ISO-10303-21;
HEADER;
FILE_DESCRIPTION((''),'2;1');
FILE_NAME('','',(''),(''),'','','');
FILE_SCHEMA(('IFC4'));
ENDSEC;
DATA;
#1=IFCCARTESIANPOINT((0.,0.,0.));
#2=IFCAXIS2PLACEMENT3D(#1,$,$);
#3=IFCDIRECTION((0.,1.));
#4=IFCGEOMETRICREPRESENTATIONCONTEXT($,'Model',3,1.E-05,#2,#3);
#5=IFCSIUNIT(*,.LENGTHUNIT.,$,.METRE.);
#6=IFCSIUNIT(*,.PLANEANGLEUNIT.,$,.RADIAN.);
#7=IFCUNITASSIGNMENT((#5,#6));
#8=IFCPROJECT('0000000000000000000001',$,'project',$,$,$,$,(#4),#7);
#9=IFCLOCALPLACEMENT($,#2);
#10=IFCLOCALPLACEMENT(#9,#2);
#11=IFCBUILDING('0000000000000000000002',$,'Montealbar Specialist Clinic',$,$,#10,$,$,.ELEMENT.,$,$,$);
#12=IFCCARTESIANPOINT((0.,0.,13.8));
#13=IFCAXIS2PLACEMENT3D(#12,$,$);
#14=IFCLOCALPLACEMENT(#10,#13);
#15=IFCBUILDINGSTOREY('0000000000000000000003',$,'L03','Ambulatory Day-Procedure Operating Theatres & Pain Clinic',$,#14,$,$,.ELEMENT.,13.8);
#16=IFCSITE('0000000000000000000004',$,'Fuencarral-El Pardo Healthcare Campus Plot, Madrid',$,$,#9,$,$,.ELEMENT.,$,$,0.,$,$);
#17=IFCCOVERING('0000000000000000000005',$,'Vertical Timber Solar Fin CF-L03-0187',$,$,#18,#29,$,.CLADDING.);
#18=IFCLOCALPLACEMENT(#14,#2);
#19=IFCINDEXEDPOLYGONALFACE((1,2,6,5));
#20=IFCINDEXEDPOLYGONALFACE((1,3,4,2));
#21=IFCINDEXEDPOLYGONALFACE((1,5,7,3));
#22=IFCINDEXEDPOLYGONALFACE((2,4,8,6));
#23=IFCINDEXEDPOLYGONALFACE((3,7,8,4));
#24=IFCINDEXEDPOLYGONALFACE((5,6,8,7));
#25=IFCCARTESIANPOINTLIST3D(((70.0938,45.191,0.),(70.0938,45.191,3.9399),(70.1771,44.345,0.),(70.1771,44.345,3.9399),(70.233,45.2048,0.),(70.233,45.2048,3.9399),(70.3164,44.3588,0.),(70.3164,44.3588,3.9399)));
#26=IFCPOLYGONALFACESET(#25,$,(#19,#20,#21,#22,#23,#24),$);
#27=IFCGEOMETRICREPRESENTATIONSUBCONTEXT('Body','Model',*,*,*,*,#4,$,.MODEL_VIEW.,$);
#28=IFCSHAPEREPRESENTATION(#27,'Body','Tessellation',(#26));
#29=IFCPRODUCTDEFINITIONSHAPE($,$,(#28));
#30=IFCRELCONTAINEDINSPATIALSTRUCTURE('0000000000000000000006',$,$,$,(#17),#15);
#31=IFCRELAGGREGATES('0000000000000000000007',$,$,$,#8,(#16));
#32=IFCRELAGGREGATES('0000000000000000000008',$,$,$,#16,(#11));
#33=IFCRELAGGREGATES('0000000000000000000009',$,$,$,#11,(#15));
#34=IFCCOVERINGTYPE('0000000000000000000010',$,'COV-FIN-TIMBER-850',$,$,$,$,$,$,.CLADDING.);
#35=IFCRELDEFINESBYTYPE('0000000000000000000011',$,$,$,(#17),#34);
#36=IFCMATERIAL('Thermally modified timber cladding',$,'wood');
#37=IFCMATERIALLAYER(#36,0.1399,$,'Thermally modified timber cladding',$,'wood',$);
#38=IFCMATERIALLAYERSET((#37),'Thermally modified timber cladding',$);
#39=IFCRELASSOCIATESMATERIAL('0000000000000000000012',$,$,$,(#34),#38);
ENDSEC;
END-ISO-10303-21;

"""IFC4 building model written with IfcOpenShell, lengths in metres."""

from ifc_helpers import new_model, si_unit, direction, frame, origin, origin_2d, place, context, subcontext, project, spatial, rectangle, extrude, material, layer, layer_set, type_object, element, save


model = new_model("IFC4")

# Units and contexts
model_context = context("Model", 3, precision=1e-05, world=origin(), true_north=direction((0.0, 1.0)))
body_context = subcontext(model_context, "Body", "Model", "MODEL_VIEW")
ifc_project = project(units=[si_unit("LENGTHUNIT", "METRE"), si_unit("PLANEANGLEUNIT", "RADIAN")], contexts=[model_context])

# Site, building, storey
site_placement = place(None, origin())
site = spatial("IfcSite", under=ifc_project, at=site_placement, Name="Fuencarral-El Pardo Healthcare Campus Plot, Madrid", CompositionType="ELEMENT", RefElevation=0.0)
building_placement = place(site_placement, origin())
building = spatial("IfcBuilding", under=site, at=building_placement, Name="Montealbar Specialist Clinic", CompositionType="ELEMENT")
storey_placement = place(building_placement, frame((0.0, 0.0, 13.8)))
storey = spatial("IfcBuildingStorey", under=building, at=storey_placement, Name="L03", Description="Ambulatory Day-Procedure Operating Theatres & Pain Clinic", CompositionType="ELEMENT", Elevation=13.8)

# Covering
ifc_material_1 = material(Name="Thermally modified timber cladding", Category="wood")
ifc_layer_1 = layer(ifc_material_1, 0.1399, Name="Thermally modified timber cladding", Category="wood")
ifc_layer_set_1 = layer_set([ifc_layer_1], Name="Thermally modified timber cladding")
covering_type = type_object("IfcCoveringType", Name="COV-FIN-TIMBER-850", PredefinedType="CLADDING", material=ifc_layer_set_1)
covering_placement = place(storey_placement, frame((70.2051, 44.7749, 0.0), z_axis=(0.0, 0.0, 1.0), x_axis=(-0.098045, 0.995182, 0.0)))
element("IfcCovering", 1, at=covering_placement, inside=storey, type_object=covering_type, Name="Vertical Timber Solar Fin CF-L03-0187", PredefinedType="CLADDING", context=body_context, shape_type="SweptSolid", body=[
    extrude(rectangle(XDim=0.8501, YDim=0.1399, at=origin_2d()), origin(), (0.0, 0.0, 1.0), 3.9399),
])

save(model, "model.ifc")
